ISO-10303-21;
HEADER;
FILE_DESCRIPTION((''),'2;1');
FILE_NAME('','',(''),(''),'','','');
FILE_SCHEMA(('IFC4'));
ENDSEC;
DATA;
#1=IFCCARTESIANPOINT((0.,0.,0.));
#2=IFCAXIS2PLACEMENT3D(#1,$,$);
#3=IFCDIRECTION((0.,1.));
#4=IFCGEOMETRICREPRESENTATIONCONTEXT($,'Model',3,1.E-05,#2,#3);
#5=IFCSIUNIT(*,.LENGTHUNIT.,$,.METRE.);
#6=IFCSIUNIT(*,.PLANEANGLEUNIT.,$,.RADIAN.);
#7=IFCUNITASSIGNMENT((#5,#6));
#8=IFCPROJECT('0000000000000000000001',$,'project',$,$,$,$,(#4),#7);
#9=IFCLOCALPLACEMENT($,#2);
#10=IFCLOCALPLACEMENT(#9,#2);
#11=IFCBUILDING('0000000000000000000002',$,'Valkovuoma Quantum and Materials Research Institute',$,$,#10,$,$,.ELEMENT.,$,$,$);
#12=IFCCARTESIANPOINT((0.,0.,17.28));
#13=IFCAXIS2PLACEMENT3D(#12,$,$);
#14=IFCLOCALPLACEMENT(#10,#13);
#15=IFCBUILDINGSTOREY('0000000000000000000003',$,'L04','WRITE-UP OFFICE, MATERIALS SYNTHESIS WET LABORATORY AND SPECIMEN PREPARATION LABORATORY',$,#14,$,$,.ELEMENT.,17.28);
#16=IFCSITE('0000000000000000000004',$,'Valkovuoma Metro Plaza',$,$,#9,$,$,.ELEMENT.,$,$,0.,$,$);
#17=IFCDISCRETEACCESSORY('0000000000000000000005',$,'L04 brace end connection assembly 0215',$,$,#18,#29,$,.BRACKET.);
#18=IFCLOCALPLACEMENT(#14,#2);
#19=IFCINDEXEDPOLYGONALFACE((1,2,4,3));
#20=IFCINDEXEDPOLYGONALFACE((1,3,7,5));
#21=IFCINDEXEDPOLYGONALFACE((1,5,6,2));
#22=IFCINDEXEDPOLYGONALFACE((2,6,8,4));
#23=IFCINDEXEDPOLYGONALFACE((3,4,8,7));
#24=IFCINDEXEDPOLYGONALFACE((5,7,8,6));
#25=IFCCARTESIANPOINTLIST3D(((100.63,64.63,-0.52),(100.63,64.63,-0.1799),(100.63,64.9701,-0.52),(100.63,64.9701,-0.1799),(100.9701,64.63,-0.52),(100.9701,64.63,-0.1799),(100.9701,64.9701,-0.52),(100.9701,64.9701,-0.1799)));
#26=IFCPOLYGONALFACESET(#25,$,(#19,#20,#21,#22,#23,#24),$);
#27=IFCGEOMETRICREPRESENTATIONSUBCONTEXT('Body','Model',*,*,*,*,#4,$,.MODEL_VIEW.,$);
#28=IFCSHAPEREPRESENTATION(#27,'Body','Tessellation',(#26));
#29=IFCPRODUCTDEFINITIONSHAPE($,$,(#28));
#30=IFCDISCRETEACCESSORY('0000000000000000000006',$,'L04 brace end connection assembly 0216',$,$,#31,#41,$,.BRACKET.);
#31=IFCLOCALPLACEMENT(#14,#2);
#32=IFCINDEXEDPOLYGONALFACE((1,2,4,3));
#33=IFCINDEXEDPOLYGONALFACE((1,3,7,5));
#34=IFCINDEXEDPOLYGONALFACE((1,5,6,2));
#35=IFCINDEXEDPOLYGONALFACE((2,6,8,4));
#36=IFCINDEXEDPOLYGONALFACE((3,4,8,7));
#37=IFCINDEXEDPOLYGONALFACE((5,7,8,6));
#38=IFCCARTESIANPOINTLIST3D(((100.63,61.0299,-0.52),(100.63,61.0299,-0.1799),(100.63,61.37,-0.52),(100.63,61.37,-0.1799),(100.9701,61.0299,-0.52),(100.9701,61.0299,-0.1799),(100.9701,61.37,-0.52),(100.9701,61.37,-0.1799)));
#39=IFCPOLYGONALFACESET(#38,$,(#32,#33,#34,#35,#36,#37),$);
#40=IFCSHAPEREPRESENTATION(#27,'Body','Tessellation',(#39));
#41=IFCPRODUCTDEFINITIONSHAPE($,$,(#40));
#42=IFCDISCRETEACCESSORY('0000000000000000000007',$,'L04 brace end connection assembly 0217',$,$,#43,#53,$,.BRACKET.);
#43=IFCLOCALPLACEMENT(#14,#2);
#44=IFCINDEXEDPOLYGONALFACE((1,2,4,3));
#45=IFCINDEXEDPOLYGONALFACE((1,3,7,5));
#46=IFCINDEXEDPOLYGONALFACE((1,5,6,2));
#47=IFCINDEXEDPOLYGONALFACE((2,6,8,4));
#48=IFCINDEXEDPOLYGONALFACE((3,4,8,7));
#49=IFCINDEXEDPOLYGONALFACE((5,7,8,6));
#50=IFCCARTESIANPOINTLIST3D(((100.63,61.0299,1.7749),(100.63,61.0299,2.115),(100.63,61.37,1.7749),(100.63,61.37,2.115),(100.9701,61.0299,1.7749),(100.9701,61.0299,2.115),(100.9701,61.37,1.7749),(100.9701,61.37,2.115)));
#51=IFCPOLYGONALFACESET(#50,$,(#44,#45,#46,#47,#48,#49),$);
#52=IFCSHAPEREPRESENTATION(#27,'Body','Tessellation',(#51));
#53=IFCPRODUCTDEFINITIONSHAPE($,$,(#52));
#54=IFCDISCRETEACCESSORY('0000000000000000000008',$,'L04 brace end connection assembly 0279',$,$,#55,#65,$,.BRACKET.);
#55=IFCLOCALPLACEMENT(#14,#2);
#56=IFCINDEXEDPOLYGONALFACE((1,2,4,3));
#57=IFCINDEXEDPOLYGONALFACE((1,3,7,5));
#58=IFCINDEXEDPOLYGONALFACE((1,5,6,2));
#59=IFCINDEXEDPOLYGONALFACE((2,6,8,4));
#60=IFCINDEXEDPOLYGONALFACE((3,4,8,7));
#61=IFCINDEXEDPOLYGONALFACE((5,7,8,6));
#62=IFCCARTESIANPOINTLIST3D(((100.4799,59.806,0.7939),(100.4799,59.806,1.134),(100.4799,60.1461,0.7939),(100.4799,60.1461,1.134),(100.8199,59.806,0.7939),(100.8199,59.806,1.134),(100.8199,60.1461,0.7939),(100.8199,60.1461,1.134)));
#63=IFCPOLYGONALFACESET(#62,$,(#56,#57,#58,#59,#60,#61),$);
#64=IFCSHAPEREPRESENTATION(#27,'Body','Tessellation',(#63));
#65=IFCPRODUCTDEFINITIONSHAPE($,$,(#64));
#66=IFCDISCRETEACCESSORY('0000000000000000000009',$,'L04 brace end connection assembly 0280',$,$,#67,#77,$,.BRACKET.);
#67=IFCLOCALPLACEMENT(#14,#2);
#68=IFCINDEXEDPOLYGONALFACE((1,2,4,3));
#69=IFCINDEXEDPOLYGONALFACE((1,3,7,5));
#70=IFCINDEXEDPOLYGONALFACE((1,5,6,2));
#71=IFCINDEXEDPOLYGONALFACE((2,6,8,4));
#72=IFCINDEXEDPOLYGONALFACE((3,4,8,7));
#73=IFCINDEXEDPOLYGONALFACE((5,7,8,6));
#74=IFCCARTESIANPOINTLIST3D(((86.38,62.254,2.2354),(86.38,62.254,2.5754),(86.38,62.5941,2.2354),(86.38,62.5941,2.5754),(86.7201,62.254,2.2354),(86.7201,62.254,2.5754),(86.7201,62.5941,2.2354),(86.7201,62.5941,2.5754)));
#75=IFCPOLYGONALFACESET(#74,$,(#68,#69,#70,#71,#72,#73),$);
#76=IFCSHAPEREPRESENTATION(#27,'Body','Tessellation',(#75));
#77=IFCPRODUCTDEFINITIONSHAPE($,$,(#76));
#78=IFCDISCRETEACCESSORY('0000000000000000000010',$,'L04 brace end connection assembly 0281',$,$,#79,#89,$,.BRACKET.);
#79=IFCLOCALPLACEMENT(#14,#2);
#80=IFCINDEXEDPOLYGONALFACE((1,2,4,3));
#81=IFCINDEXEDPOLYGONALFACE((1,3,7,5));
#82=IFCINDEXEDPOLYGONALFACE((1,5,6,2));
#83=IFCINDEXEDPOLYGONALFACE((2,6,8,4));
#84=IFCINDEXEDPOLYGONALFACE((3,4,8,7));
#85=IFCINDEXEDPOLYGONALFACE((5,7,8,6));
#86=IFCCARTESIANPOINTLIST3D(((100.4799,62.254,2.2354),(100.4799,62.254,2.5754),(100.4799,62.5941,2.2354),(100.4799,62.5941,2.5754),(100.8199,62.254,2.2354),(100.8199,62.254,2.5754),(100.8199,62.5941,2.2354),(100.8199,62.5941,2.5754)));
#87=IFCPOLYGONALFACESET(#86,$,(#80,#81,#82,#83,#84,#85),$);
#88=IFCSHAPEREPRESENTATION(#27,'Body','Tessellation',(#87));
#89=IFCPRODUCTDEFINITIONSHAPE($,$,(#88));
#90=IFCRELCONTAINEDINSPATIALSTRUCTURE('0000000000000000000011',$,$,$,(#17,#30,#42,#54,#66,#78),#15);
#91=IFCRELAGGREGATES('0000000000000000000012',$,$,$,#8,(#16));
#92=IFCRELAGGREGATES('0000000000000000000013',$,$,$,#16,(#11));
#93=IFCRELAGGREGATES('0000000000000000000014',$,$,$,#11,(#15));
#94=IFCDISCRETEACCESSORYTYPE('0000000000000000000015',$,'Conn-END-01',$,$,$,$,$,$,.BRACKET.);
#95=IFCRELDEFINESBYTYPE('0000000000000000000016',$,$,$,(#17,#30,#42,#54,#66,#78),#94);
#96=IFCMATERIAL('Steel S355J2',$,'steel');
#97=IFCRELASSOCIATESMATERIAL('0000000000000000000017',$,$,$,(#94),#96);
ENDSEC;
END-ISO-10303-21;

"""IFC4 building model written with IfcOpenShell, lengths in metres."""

from ifc_helpers import new_model, si_unit, direction, frame, origin, origin_2d, place, context, subcontext, project, spatial, rectangle, extrude, material, type_object, element, save


model = new_model("IFC4")

# Units and contexts
model_context = context("Model", 3, precision=1e-05, world=origin(), true_north=direction((0.0, 1.0)))
body_context = subcontext(model_context, "Body", "Model", "MODEL_VIEW")
ifc_project = project(units=[si_unit("LENGTHUNIT", "METRE"), si_unit("PLANEANGLEUNIT", "RADIAN")], contexts=[model_context])

# Site, building, storey
site_placement = place(None, origin())
site = spatial("IfcSite", under=ifc_project, at=site_placement, Name="Valkovuoma Metro Plaza", CompositionType="ELEMENT", RefElevation=0.0)
building_placement = place(site_placement, origin())
building = spatial("IfcBuilding", under=site, at=building_placement, Name="Valkovuoma Quantum and Materials Research Institute", CompositionType="ELEMENT")
storey_placement = place(building_placement, frame((0.0, 0.0, 17.28)))
storey = spatial("IfcBuildingStorey", under=building, at=storey_placement, Name="L04", Description="WRITE-UP OFFICE, MATERIALS SYNTHESIS WET LABORATORY AND SPECIMEN PREPARATION LABORATORY", CompositionType="ELEMENT", Elevation=17.28)

# Discrete accessories
ifc_material_1 = material(Name="Steel S355J2", Category="steel")
discrete_accessory_type_1 = type_object("IfcDiscreteAccessoryType", Name="Conn-END-01", PredefinedType="BRACKET", material=ifc_material_1)
for number, where, z_axis, x_axis, name in (
    (1, (100.8, 64.8, -0.52), (0.0, 0.0, 1.0), (1.0, 0.0, 0.0), "L04 brace end connection assembly 0215"),
    (2, (100.8, 61.2, -0.52), (0.0, 0.0, 1.0), (1.0, 0.0, 0.0), "L04 brace end connection assembly 0216"),
    (3, (100.8, 61.2, 1.7749), (0.0, 0.0, 1.0), (1.0, 0.0, 0.0), "L04 brace end connection assembly 0217"),
    (4, (100.6499, 59.9761, 0.7939), (0.0, 0.0, 1.0), (1.0, 0.0, 0.0), "L04 brace end connection assembly 0279"),
    (5, (86.55, 62.4241, 2.2354), (0.0, 0.0, 1.0), (1.0, 0.0, 0.0), "L04 brace end connection assembly 0280"),
    (6, (100.6499, 62.4241, 2.2354), (0.0, 0.0, 1.0), (1.0, 0.0, 0.0), "L04 brace end connection assembly 0281"),
):
    element("IfcDiscreteAccessory", number, at=place(storey_placement, frame(where, z_axis=z_axis, x_axis=x_axis)), inside=storey, type_object=discrete_accessory_type_1, Name=name, PredefinedType="BRACKET", context=body_context, shape_type="SweptSolid", body=[
        extrude(rectangle(XDim=0.3401, YDim=0.3401, at=origin_2d()), origin(), (0.0, 0.0, 1.0), 0.3401),
    ])

save(model, "model.ifc")
